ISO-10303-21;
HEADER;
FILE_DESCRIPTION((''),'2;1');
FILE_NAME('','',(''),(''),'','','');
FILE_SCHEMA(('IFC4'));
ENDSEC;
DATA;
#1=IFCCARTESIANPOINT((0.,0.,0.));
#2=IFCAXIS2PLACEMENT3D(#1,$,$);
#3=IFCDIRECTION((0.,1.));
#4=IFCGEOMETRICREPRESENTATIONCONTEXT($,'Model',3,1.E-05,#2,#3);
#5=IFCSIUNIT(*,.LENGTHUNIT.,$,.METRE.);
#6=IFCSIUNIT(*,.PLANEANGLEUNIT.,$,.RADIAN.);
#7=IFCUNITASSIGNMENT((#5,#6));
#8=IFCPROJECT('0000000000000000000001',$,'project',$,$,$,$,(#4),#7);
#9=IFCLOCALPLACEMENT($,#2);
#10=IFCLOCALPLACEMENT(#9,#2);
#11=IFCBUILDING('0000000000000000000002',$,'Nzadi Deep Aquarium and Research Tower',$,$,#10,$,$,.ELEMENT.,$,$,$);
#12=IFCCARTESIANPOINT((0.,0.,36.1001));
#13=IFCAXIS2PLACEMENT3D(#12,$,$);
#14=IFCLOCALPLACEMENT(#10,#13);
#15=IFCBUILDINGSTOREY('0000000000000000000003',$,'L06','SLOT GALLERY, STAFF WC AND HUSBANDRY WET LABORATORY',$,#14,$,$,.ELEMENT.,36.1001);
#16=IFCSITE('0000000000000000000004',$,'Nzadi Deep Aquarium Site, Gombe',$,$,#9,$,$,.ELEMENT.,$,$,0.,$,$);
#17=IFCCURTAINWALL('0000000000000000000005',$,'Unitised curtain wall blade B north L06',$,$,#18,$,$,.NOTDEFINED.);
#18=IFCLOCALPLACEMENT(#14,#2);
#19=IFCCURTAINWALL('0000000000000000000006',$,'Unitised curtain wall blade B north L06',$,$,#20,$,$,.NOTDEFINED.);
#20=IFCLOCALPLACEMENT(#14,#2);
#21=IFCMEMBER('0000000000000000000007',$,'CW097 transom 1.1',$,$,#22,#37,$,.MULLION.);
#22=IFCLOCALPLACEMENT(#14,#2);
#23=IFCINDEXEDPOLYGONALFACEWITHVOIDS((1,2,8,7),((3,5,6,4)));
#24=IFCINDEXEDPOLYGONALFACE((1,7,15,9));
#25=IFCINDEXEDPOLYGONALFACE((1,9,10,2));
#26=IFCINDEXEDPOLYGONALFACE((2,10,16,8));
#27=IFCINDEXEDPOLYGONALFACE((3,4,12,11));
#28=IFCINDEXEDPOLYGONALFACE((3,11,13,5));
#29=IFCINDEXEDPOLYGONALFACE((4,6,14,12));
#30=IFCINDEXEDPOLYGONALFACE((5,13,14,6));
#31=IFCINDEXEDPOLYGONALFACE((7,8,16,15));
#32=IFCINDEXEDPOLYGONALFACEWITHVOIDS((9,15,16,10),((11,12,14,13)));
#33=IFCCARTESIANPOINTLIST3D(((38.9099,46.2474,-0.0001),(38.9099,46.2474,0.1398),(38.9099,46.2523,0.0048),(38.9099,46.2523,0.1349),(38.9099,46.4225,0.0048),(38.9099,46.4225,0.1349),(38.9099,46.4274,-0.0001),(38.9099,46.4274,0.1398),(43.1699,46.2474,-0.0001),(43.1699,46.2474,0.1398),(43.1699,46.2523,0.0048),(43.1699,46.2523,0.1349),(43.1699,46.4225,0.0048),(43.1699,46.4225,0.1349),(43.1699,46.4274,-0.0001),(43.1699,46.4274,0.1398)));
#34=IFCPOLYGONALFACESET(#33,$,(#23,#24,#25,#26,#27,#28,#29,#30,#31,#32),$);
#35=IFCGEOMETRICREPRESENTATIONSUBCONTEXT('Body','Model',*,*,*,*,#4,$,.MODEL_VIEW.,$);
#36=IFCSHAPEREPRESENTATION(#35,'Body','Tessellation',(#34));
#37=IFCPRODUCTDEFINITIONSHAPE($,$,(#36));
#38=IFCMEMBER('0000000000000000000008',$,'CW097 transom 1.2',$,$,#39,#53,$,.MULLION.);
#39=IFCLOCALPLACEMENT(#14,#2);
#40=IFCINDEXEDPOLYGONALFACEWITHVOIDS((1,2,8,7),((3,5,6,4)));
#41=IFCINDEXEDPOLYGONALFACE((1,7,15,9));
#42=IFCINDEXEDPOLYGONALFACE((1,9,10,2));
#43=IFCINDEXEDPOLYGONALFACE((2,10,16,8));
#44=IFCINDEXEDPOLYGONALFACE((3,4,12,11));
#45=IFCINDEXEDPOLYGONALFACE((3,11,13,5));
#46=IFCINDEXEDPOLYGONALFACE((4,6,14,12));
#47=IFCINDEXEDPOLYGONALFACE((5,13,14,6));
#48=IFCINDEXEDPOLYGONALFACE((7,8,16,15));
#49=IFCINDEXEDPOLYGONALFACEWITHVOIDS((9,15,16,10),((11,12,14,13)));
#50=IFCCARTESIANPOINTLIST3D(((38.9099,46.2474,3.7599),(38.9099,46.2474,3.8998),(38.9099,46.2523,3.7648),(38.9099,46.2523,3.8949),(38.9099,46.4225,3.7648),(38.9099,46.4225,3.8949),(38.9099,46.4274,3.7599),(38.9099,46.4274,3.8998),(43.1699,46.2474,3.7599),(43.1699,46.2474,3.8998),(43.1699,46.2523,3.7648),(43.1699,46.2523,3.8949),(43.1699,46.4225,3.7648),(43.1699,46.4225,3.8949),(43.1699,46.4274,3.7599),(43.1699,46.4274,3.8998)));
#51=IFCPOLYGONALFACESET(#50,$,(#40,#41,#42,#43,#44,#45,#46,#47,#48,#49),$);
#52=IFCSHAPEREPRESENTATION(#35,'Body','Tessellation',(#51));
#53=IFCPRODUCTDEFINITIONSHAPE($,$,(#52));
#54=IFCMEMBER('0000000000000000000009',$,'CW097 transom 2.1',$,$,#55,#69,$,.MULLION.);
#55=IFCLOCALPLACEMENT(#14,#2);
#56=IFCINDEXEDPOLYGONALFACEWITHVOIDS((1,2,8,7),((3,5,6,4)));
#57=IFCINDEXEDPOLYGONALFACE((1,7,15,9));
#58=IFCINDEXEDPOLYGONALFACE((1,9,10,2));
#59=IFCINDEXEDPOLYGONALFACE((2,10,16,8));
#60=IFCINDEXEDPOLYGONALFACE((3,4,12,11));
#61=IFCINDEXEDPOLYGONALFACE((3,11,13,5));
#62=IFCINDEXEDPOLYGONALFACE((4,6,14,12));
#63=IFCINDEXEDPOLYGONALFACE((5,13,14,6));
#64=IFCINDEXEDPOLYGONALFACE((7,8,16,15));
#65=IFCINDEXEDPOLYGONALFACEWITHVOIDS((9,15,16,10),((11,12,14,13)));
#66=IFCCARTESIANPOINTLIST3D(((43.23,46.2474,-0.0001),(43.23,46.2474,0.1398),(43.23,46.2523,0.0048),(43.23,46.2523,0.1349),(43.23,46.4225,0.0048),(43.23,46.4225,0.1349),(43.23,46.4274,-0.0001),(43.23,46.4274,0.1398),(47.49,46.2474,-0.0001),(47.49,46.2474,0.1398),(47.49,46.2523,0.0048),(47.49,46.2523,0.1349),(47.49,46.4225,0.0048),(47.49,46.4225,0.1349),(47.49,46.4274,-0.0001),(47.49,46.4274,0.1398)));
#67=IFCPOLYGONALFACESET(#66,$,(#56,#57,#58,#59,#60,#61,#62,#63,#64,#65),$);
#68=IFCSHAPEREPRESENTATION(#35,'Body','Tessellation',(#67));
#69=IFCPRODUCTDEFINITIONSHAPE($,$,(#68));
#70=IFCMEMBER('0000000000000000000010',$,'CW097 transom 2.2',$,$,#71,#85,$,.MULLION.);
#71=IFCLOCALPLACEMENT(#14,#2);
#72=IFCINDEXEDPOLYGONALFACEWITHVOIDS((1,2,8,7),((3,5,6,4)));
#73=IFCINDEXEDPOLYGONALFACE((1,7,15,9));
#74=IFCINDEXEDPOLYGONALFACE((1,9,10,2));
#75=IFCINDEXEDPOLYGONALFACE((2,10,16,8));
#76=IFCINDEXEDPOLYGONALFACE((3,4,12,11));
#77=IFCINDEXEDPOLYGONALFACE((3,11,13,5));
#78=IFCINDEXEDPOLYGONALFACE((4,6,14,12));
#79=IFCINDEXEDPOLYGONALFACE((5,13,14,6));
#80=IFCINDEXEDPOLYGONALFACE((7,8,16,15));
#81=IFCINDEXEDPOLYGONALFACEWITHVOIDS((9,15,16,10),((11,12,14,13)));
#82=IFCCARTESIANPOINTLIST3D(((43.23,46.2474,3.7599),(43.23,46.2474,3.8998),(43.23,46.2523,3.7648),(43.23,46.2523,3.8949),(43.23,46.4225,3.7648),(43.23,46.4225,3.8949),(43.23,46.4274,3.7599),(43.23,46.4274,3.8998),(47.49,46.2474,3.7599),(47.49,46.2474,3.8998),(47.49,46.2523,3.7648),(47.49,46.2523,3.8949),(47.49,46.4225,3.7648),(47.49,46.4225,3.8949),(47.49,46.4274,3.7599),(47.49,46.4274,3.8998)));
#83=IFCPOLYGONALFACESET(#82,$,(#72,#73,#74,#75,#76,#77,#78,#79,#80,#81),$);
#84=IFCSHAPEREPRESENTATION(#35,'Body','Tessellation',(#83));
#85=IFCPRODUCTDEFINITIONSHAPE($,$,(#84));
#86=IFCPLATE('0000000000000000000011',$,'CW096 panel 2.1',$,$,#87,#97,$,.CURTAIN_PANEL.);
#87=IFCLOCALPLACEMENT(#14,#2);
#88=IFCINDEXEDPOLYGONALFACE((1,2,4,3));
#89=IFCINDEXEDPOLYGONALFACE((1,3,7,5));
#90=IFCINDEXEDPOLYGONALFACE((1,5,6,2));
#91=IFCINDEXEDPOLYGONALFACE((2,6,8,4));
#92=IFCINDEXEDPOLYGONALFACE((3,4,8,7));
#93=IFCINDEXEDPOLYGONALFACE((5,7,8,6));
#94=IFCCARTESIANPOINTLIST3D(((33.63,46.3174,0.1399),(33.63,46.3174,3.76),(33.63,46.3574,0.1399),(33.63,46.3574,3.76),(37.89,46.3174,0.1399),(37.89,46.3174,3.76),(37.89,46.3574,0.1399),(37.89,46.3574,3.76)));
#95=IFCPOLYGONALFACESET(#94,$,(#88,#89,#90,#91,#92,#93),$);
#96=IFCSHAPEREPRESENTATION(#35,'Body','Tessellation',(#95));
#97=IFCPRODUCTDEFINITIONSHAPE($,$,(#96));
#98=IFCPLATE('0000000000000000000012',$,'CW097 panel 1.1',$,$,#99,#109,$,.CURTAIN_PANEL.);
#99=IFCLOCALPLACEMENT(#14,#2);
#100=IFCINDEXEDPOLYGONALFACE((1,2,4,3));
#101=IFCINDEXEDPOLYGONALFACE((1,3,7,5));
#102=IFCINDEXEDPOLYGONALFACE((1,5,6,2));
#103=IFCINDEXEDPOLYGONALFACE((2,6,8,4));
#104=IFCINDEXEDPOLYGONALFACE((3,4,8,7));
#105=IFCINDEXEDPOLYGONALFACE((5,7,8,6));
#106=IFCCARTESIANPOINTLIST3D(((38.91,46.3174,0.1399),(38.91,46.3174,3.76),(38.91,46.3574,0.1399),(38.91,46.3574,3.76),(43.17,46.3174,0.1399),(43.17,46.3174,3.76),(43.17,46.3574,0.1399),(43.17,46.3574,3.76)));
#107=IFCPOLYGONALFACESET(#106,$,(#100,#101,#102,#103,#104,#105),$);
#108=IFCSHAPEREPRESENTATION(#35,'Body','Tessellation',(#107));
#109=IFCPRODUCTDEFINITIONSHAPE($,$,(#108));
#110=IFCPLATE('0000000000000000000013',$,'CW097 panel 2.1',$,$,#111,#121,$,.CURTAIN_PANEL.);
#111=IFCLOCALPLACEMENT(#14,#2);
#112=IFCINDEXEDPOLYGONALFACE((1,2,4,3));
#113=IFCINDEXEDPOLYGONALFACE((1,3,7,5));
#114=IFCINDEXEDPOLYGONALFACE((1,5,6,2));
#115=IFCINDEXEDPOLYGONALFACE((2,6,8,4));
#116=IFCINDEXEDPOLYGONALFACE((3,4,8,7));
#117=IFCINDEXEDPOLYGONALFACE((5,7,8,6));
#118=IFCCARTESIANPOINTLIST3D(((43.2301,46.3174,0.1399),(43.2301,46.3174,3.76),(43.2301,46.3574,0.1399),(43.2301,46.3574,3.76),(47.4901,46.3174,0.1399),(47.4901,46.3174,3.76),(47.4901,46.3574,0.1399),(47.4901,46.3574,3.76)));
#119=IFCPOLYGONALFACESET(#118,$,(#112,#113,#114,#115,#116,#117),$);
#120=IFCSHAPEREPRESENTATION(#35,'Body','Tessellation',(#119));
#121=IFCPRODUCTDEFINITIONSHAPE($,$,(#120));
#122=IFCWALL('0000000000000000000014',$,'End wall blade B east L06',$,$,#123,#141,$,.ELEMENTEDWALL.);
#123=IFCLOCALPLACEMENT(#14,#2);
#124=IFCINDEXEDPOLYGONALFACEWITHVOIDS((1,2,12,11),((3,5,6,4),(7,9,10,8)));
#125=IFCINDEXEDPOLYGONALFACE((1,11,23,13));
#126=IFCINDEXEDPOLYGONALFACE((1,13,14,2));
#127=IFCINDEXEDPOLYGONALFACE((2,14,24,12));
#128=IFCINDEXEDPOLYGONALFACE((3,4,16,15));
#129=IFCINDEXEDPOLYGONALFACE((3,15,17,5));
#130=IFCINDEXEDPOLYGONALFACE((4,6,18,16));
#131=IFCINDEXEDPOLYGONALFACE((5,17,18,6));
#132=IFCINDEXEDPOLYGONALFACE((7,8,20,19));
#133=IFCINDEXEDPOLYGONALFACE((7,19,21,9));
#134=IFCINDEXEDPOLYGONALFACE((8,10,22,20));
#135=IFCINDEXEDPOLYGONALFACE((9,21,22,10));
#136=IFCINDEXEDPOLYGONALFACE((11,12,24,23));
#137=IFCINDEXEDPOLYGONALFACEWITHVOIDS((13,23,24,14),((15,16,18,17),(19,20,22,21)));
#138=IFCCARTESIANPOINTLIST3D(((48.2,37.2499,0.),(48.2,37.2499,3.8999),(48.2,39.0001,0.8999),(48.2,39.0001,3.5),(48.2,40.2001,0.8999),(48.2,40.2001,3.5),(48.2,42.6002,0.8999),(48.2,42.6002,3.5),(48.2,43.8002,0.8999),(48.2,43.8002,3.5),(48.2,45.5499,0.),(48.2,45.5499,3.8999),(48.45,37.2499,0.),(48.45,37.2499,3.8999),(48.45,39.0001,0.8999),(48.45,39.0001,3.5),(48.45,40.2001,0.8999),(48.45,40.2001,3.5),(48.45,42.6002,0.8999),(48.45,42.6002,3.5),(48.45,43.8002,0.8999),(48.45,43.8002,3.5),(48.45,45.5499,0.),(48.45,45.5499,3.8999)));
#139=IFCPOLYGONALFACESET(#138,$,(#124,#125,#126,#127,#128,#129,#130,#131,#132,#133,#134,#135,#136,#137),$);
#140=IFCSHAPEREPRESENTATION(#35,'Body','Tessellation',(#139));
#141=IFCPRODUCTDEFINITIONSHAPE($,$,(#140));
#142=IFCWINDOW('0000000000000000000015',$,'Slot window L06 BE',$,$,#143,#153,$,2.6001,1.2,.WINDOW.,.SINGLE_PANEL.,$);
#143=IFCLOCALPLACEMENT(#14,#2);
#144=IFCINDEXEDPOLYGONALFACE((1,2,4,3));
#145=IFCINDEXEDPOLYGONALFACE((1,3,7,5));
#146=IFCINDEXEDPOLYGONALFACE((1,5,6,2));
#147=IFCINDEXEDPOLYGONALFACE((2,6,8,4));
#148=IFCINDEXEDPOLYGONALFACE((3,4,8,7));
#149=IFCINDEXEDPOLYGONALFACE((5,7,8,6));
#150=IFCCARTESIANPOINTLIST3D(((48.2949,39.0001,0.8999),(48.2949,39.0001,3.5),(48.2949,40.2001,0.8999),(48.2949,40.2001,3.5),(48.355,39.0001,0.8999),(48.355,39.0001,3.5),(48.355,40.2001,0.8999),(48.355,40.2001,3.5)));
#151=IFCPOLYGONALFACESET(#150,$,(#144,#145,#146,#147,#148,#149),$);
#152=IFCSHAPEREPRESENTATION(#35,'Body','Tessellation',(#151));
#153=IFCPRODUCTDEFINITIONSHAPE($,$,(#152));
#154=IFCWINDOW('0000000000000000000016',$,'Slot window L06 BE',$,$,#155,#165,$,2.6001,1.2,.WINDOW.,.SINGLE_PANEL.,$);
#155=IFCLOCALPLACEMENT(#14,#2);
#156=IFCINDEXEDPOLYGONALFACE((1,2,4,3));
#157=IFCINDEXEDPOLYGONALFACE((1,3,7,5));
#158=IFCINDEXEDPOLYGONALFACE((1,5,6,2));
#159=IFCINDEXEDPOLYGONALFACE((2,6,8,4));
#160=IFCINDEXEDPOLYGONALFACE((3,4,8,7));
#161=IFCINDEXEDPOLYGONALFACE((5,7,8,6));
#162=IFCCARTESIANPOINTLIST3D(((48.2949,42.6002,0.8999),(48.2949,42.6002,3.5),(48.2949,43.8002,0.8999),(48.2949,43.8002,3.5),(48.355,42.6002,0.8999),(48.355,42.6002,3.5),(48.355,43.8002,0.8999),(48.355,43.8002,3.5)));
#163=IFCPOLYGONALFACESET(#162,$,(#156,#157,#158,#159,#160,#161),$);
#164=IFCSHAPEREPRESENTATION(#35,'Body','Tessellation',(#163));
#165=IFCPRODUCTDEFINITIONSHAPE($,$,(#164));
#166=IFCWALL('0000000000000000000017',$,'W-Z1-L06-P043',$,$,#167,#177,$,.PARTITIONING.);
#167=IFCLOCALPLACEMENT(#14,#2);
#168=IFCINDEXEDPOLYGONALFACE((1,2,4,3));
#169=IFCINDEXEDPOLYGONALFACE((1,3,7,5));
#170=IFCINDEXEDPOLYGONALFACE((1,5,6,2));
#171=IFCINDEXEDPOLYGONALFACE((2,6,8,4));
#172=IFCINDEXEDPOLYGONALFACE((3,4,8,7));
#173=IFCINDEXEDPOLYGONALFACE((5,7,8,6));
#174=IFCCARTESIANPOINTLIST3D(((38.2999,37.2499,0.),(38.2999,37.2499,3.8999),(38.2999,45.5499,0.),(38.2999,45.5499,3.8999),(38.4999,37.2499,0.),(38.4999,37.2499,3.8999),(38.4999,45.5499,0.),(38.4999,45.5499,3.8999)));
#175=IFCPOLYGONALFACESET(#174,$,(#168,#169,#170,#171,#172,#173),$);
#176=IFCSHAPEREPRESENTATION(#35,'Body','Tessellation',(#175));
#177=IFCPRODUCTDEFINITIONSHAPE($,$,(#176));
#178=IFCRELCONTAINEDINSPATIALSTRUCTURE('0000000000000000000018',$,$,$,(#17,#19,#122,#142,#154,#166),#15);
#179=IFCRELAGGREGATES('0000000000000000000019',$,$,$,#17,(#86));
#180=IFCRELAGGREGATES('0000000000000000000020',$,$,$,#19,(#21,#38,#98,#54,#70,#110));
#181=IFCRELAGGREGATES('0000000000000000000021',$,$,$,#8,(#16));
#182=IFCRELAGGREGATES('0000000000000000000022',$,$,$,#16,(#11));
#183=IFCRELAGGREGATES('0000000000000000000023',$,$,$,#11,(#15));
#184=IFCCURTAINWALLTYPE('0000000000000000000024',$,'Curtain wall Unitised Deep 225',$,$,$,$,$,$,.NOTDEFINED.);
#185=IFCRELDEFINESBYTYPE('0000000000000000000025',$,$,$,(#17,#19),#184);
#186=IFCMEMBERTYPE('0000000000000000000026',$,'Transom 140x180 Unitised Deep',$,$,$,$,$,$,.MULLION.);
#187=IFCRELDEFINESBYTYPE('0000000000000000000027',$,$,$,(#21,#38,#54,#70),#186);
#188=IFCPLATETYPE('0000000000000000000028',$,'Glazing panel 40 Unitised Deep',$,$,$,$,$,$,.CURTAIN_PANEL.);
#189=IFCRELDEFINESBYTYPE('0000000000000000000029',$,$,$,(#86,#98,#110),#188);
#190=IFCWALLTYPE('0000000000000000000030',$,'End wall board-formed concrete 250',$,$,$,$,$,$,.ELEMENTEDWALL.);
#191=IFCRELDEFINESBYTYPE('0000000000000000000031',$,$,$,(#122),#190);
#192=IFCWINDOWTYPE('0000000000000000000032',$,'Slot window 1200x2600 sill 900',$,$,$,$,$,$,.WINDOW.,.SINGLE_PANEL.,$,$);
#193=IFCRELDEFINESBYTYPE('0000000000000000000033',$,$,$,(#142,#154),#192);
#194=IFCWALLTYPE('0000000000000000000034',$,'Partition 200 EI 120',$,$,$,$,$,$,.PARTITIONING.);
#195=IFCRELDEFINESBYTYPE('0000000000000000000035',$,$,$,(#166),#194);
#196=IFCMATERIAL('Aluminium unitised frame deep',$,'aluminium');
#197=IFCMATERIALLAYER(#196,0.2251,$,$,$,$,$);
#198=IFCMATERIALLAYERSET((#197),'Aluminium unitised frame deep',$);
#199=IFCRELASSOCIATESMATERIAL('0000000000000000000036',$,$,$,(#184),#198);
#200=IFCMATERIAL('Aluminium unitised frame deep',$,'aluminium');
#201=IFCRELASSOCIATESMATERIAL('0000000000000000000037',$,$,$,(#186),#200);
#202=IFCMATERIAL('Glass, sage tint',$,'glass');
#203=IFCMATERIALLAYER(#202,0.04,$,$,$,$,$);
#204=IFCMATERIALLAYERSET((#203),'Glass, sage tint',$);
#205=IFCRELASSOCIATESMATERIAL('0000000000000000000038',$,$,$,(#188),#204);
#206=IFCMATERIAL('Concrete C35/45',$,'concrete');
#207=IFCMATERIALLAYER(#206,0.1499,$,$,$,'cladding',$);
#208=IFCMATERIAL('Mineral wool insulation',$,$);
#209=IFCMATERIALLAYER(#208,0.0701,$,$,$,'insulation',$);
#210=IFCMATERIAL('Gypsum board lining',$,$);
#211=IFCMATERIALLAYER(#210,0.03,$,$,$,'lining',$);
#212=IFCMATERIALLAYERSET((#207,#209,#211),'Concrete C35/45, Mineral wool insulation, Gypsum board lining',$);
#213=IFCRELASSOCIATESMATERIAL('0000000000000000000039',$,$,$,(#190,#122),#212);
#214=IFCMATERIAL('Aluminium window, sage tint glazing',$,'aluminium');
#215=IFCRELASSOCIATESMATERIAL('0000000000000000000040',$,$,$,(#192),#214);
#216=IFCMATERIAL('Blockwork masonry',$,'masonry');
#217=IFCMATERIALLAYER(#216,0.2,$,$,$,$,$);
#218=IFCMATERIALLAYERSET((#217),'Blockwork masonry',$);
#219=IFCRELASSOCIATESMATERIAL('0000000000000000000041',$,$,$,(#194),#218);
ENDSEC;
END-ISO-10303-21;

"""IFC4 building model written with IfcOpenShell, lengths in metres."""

from ifc_helpers import new_model, si_unit, direction, frame, frame_2d, origin, origin_2d, place, context, subcontext, project, spatial, rectangle, hollow_rectangle, extrude, material, layer, layer_set, layer_usage, material_profile, profile_set, type_object, element, fill, aggregate, save


model = new_model("IFC4")

# Units and contexts
model_context = context("Model", 3, precision=1e-05, world=origin(), true_north=direction((0.0, 1.0)))
body_context = subcontext(model_context, "Body", "Model", "MODEL_VIEW")
ifc_project = project(units=[si_unit("LENGTHUNIT", "METRE"), si_unit("PLANEANGLEUNIT", "RADIAN")], contexts=[model_context])

# Site, building, storey
site_placement = place(None, origin())
site = spatial("IfcSite", under=ifc_project, at=site_placement, Name="Nzadi Deep Aquarium Site, Gombe", CompositionType="ELEMENT", RefElevation=0.0)
building_placement = place(site_placement, origin())
building = spatial("IfcBuilding", under=site, at=building_placement, Name="Nzadi Deep Aquarium and Research Tower", CompositionType="ELEMENT")
storey_placement = place(building_placement, frame((0.0, 0.0, 36.1001)))
storey = spatial("IfcBuildingStorey", under=building, at=storey_placement, Name="L06", Description="SLOT GALLERY, STAFF WC AND HUSBANDRY WET LABORATORY", CompositionType="ELEMENT", Elevation=36.1001)

# Curtain wall
ifc_material_1 = material(Name="Aluminium unitised frame deep", Category="aluminium")
ifc_layer_1 = layer(ifc_material_1, 0.2251)
ifc_layer_set_1 = layer_set([ifc_layer_1], Name="Aluminium unitised frame deep")
curtain_wall_type = type_object("IfcCurtainWallType", Name="Curtain wall Unitised Deep 225", PredefinedType="NOTDEFINED", material=ifc_layer_set_1)
curtain_wall_1_placement = place(storey_placement, origin())
curtain_wall_1 = element("IfcCurtainWall", 1, at=curtain_wall_1_placement, inside=storey, type_object=curtain_wall_type, Name="Unitised curtain wall blade B north L06", PredefinedType="NOTDEFINED")

# Curtain wall
curtain_wall_2_placement = place(storey_placement, origin())
curtain_wall_2 = element("IfcCurtainWall", 2, at=curtain_wall_2_placement, inside=storey, type_object=curtain_wall_type, Name="Unitised curtain wall blade B north L06", PredefinedType="NOTDEFINED")

# Members
ifc_material_2 = material(Name="Aluminium unitised frame deep", Category="aluminium")
ifc_material_profile_1 = material_profile(ifc_material_2, hollow_rectangle(XDim=0.1799, YDim=0.1399, WallThickness=0.0049, at=origin_2d()))
ifc_profile_set_1 = profile_set([ifc_material_profile_1], Name="Aluminium unitised frame deep")
member_type_1 = type_object("IfcMemberType", Name="Transom 140x180 Unitised Deep", PredefinedType="MULLION", material=ifc_profile_set_1)
member_1_placement = place(storey_placement, frame((38.9099, 46.3374, 0.0698), z_axis=(1.0, 0.0, 0.0), x_axis=(0.0, 1.0, 0.0)))
member_1 = element("IfcMember", 3, at=member_1_placement, type_object=member_type_1, Name="CW097 transom 1.1", PredefinedType="MULLION", context=body_context, shape_type="SweptSolid", body=[
    extrude(hollow_rectangle(XDim=0.1799, YDim=0.1399, WallThickness=0.0049, at=origin_2d()), origin(), (0.0, 0.0, 1.0), 4.26),
])
member_2_placement = place(storey_placement, frame((38.9099, 46.3374, 3.8298), z_axis=(1.0, 0.0, 0.0), x_axis=(0.0, 1.0, 0.0)))
member_2 = element("IfcMember", 4, at=member_2_placement, type_object=member_type_1, Name="CW097 transom 1.2", PredefinedType="MULLION", context=body_context, shape_type="SweptSolid", body=[
    extrude(hollow_rectangle(XDim=0.1799, YDim=0.1399, WallThickness=0.0049, at=origin_2d()), origin(), (0.0, 0.0, 1.0), 4.26),
])
member_3_placement = place(storey_placement, frame((43.23, 46.3374, 0.0698), z_axis=(1.0, 0.0, 0.0), x_axis=(0.0, 1.0, 0.0)))
member_3 = element("IfcMember", 5, at=member_3_placement, type_object=member_type_1, Name="CW097 transom 2.1", PredefinedType="MULLION", context=body_context, shape_type="SweptSolid", body=[
    extrude(hollow_rectangle(XDim=0.1799, YDim=0.1399, WallThickness=0.0049, at=origin_2d()), origin(), (0.0, 0.0, 1.0), 4.26),
])
member_4_placement = place(storey_placement, frame((43.23, 46.3374, 3.8298), z_axis=(1.0, 0.0, 0.0), x_axis=(0.0, 1.0, 0.0)))
member_4 = element("IfcMember", 6, at=member_4_placement, type_object=member_type_1, Name="CW097 transom 2.2", PredefinedType="MULLION", context=body_context, shape_type="SweptSolid", body=[
    extrude(hollow_rectangle(XDim=0.1799, YDim=0.1399, WallThickness=0.0049, at=origin_2d()), origin(), (0.0, 0.0, 1.0), 4.26),
])

# Plates
ifc_material_3 = material(Name="Glass, sage tint", Category="glass")
ifc_layer_2 = layer(ifc_material_3, 0.04)
ifc_layer_set_2 = layer_set([ifc_layer_2], Name="Glass, sage tint")
plate_type = type_object("IfcPlateType", Name="Glazing panel 40 Unitised Deep", PredefinedType="CURTAIN_PANEL", material=ifc_layer_set_2)
plate_1_placement = place(storey_placement, frame((35.76, 46.3374, 0.1399), z_axis=(0.0, 0.0, 1.0), x_axis=(1.0, 0.0, 0.0)))
plate_1 = element("IfcPlate", 7, at=plate_1_placement, type_object=plate_type, Name="CW096 panel 2.1", PredefinedType="CURTAIN_PANEL", context=body_context, shape_type="SweptSolid", body=[
    extrude(rectangle(XDim=4.26, YDim=0.04, at=origin_2d()), origin(), (0.0, 0.0, 1.0), 3.6201),
])
aggregate(curtain_wall_1, [plate_1])
plate_2_placement = place(storey_placement, frame((41.04, 46.3374, 0.1399), z_axis=(0.0, 0.0, 1.0), x_axis=(1.0, 0.0, 0.0)))
plate_2 = element("IfcPlate", 8, at=plate_2_placement, type_object=plate_type, Name="CW097 panel 1.1", PredefinedType="CURTAIN_PANEL", context=body_context, shape_type="SweptSolid", body=[
    extrude(rectangle(XDim=4.26, YDim=0.04, at=origin_2d()), origin(), (0.0, 0.0, 1.0), 3.6201),
])
plate_3_placement = place(storey_placement, frame((45.3601, 46.3374, 0.1399), z_axis=(0.0, 0.0, 1.0), x_axis=(1.0, 0.0, 0.0)))
plate_3 = element("IfcPlate", 9, at=plate_3_placement, type_object=plate_type, Name="CW097 panel 2.1", PredefinedType="CURTAIN_PANEL", context=body_context, shape_type="SweptSolid", body=[
    extrude(rectangle(XDim=4.26, YDim=0.04, at=origin_2d()), origin(), (0.0, 0.0, 1.0), 3.6201),
])
aggregate(curtain_wall_2, [member_1, member_2, plate_2, member_3, member_4, plate_3])

# Wall, openings, windows
ifc_material_4 = material(Name="Concrete C35/45", Category="concrete")
ifc_layer_3 = layer(ifc_material_4, 0.1499, Category="cladding")
ifc_material_5 = material(Name="Mineral wool insulation")
ifc_layer_4 = layer(ifc_material_5, 0.0701, Category="insulation")
ifc_material_6 = material(Name="Gypsum board lining")
ifc_layer_5 = layer(ifc_material_6, 0.03, Category="lining")
ifc_layer_set_3 = layer_set([ifc_layer_3, ifc_layer_4, ifc_layer_5], Name="Concrete C35/45, Mineral wool insulation, Gypsum board lining")
ifc_layer_usage = layer_usage(ifc_layer_set_3, "AXIS2", "POSITIVE", -0.125)
wall_type_1 = type_object("IfcWallType", Name="End wall board-formed concrete 250", PredefinedType="ELEMENTEDWALL", material=ifc_layer_set_3)
wall_1_placement = place(storey_placement, frame((48.325, 37.25, 0.0), z_axis=(0.0, 0.0, 1.0), x_axis=(0.0, 1.0, 0.0)))
wall_1 = element("IfcWall", 10, at=wall_1_placement, inside=storey, type_object=wall_type_1, material=ifc_layer_usage, Name="End wall blade B east L06", PredefinedType="ELEMENTEDWALL", context=body_context, shape_type="SweptSolid", body=[
    extrude(rectangle(XDim=8.3, YDim=0.25, at=frame_2d((4.1499, 0.0))), origin(), (0.0, 0.0, 1.0), 3.8999),
])
opening_1_placement = place(wall_1_placement, frame((1.75, 0.0, 0.8999)))
opening_1 = element("IfcOpeningElement", 11, at=opening_1_placement, cuts=wall_1, PredefinedType="OPENING", context=body_context, shape_type="SweptSolid", body=[
    extrude(rectangle(XDim=1.2, YDim=2.6001, at=frame_2d((0.6001, 1.3))), frame((0.0, 0.135, 0.0), z_axis=(0.0, -1.0, 0.0), x_axis=(1.0, 0.0, 0.0)), (0.0, 0.0, 1.0), 0.27),
])
opening_2_placement = place(wall_1_placement, frame((5.3501, 0.0, 0.8999)))
opening_2 = element("IfcOpeningElement", 12, at=opening_2_placement, cuts=wall_1, PredefinedType="OPENING", context=body_context, shape_type="SweptSolid", body=[
    extrude(rectangle(XDim=1.2, YDim=2.6001, at=frame_2d((0.6001, 1.3))), frame((0.0, 0.135, 0.0), z_axis=(0.0, -1.0, 0.0), x_axis=(1.0, 0.0, 0.0)), (0.0, 0.0, 1.0), 0.27),
])
ifc_material_7 = material(Name="Aluminium window, sage tint glazing", Category="aluminium")
window_type = type_object("IfcWindowType", Name="Slot window 1200x2600 sill 900", PartitioningType="SINGLE_PANEL", PredefinedType="WINDOW", material=ifc_material_7)
window_1_placement = place(opening_1_placement, origin())
window_1 = element("IfcWindow", 13, at=window_1_placement, inside=storey, type_object=window_type, Name="Slot window L06 BE", OverallHeight=2.6001, OverallWidth=1.2, PartitioningType="SINGLE_PANEL", PredefinedType="WINDOW", context=body_context, shape_type="SweptSolid", body=[
    extrude(rectangle(XDim=1.2, YDim=2.6001, at=frame_2d((0.6001, 1.3))), frame((0.0, 0.03, 0.0), z_axis=(0.0, -1.0, 0.0), x_axis=(1.0, 0.0, 0.0)), (0.0, 0.0, 1.0), 0.0601),
])
fill(opening_1, window_1)
window_2_placement = place(opening_2_placement, origin())
window_2 = element("IfcWindow", 14, at=window_2_placement, inside=storey, type_object=window_type, Name="Slot window L06 BE", OverallHeight=2.6001, OverallWidth=1.2, PartitioningType="SINGLE_PANEL", PredefinedType="WINDOW", context=body_context, shape_type="SweptSolid", body=[
    extrude(rectangle(XDim=1.2, YDim=2.6001, at=frame_2d((0.6001, 1.3))), frame((0.0, 0.03, 0.0), z_axis=(0.0, -1.0, 0.0), x_axis=(1.0, 0.0, 0.0)), (0.0, 0.0, 1.0), 0.0601),
])
fill(opening_2, window_2)

# Wall
ifc_material_8 = material(Name="Blockwork masonry", Category="masonry")
ifc_layer_6 = layer(ifc_material_8, 0.2)
ifc_layer_set_4 = layer_set([ifc_layer_6], Name="Blockwork masonry")
wall_type_2 = type_object("IfcWallType", Name="Partition 200 EI 120", PredefinedType="PARTITIONING", material=ifc_layer_set_4)
wall_2_placement = place(storey_placement, frame((38.3999, 37.25, 0.0), z_axis=(0.0, 0.0, 1.0), x_axis=(0.0, 1.0, 0.0)))
element("IfcWall", 15, at=wall_2_placement, inside=storey, type_object=wall_type_2, Name="W-Z1-L06-P043", PredefinedType="PARTITIONING", context=body_context, shape_type="SweptSolid", body=[
    extrude(rectangle(XDim=8.3, YDim=0.2, at=frame_2d((4.1499, 0.0))), origin(), (0.0, 0.0, 1.0), 3.8999),
])

save(model, "model.ifc")
